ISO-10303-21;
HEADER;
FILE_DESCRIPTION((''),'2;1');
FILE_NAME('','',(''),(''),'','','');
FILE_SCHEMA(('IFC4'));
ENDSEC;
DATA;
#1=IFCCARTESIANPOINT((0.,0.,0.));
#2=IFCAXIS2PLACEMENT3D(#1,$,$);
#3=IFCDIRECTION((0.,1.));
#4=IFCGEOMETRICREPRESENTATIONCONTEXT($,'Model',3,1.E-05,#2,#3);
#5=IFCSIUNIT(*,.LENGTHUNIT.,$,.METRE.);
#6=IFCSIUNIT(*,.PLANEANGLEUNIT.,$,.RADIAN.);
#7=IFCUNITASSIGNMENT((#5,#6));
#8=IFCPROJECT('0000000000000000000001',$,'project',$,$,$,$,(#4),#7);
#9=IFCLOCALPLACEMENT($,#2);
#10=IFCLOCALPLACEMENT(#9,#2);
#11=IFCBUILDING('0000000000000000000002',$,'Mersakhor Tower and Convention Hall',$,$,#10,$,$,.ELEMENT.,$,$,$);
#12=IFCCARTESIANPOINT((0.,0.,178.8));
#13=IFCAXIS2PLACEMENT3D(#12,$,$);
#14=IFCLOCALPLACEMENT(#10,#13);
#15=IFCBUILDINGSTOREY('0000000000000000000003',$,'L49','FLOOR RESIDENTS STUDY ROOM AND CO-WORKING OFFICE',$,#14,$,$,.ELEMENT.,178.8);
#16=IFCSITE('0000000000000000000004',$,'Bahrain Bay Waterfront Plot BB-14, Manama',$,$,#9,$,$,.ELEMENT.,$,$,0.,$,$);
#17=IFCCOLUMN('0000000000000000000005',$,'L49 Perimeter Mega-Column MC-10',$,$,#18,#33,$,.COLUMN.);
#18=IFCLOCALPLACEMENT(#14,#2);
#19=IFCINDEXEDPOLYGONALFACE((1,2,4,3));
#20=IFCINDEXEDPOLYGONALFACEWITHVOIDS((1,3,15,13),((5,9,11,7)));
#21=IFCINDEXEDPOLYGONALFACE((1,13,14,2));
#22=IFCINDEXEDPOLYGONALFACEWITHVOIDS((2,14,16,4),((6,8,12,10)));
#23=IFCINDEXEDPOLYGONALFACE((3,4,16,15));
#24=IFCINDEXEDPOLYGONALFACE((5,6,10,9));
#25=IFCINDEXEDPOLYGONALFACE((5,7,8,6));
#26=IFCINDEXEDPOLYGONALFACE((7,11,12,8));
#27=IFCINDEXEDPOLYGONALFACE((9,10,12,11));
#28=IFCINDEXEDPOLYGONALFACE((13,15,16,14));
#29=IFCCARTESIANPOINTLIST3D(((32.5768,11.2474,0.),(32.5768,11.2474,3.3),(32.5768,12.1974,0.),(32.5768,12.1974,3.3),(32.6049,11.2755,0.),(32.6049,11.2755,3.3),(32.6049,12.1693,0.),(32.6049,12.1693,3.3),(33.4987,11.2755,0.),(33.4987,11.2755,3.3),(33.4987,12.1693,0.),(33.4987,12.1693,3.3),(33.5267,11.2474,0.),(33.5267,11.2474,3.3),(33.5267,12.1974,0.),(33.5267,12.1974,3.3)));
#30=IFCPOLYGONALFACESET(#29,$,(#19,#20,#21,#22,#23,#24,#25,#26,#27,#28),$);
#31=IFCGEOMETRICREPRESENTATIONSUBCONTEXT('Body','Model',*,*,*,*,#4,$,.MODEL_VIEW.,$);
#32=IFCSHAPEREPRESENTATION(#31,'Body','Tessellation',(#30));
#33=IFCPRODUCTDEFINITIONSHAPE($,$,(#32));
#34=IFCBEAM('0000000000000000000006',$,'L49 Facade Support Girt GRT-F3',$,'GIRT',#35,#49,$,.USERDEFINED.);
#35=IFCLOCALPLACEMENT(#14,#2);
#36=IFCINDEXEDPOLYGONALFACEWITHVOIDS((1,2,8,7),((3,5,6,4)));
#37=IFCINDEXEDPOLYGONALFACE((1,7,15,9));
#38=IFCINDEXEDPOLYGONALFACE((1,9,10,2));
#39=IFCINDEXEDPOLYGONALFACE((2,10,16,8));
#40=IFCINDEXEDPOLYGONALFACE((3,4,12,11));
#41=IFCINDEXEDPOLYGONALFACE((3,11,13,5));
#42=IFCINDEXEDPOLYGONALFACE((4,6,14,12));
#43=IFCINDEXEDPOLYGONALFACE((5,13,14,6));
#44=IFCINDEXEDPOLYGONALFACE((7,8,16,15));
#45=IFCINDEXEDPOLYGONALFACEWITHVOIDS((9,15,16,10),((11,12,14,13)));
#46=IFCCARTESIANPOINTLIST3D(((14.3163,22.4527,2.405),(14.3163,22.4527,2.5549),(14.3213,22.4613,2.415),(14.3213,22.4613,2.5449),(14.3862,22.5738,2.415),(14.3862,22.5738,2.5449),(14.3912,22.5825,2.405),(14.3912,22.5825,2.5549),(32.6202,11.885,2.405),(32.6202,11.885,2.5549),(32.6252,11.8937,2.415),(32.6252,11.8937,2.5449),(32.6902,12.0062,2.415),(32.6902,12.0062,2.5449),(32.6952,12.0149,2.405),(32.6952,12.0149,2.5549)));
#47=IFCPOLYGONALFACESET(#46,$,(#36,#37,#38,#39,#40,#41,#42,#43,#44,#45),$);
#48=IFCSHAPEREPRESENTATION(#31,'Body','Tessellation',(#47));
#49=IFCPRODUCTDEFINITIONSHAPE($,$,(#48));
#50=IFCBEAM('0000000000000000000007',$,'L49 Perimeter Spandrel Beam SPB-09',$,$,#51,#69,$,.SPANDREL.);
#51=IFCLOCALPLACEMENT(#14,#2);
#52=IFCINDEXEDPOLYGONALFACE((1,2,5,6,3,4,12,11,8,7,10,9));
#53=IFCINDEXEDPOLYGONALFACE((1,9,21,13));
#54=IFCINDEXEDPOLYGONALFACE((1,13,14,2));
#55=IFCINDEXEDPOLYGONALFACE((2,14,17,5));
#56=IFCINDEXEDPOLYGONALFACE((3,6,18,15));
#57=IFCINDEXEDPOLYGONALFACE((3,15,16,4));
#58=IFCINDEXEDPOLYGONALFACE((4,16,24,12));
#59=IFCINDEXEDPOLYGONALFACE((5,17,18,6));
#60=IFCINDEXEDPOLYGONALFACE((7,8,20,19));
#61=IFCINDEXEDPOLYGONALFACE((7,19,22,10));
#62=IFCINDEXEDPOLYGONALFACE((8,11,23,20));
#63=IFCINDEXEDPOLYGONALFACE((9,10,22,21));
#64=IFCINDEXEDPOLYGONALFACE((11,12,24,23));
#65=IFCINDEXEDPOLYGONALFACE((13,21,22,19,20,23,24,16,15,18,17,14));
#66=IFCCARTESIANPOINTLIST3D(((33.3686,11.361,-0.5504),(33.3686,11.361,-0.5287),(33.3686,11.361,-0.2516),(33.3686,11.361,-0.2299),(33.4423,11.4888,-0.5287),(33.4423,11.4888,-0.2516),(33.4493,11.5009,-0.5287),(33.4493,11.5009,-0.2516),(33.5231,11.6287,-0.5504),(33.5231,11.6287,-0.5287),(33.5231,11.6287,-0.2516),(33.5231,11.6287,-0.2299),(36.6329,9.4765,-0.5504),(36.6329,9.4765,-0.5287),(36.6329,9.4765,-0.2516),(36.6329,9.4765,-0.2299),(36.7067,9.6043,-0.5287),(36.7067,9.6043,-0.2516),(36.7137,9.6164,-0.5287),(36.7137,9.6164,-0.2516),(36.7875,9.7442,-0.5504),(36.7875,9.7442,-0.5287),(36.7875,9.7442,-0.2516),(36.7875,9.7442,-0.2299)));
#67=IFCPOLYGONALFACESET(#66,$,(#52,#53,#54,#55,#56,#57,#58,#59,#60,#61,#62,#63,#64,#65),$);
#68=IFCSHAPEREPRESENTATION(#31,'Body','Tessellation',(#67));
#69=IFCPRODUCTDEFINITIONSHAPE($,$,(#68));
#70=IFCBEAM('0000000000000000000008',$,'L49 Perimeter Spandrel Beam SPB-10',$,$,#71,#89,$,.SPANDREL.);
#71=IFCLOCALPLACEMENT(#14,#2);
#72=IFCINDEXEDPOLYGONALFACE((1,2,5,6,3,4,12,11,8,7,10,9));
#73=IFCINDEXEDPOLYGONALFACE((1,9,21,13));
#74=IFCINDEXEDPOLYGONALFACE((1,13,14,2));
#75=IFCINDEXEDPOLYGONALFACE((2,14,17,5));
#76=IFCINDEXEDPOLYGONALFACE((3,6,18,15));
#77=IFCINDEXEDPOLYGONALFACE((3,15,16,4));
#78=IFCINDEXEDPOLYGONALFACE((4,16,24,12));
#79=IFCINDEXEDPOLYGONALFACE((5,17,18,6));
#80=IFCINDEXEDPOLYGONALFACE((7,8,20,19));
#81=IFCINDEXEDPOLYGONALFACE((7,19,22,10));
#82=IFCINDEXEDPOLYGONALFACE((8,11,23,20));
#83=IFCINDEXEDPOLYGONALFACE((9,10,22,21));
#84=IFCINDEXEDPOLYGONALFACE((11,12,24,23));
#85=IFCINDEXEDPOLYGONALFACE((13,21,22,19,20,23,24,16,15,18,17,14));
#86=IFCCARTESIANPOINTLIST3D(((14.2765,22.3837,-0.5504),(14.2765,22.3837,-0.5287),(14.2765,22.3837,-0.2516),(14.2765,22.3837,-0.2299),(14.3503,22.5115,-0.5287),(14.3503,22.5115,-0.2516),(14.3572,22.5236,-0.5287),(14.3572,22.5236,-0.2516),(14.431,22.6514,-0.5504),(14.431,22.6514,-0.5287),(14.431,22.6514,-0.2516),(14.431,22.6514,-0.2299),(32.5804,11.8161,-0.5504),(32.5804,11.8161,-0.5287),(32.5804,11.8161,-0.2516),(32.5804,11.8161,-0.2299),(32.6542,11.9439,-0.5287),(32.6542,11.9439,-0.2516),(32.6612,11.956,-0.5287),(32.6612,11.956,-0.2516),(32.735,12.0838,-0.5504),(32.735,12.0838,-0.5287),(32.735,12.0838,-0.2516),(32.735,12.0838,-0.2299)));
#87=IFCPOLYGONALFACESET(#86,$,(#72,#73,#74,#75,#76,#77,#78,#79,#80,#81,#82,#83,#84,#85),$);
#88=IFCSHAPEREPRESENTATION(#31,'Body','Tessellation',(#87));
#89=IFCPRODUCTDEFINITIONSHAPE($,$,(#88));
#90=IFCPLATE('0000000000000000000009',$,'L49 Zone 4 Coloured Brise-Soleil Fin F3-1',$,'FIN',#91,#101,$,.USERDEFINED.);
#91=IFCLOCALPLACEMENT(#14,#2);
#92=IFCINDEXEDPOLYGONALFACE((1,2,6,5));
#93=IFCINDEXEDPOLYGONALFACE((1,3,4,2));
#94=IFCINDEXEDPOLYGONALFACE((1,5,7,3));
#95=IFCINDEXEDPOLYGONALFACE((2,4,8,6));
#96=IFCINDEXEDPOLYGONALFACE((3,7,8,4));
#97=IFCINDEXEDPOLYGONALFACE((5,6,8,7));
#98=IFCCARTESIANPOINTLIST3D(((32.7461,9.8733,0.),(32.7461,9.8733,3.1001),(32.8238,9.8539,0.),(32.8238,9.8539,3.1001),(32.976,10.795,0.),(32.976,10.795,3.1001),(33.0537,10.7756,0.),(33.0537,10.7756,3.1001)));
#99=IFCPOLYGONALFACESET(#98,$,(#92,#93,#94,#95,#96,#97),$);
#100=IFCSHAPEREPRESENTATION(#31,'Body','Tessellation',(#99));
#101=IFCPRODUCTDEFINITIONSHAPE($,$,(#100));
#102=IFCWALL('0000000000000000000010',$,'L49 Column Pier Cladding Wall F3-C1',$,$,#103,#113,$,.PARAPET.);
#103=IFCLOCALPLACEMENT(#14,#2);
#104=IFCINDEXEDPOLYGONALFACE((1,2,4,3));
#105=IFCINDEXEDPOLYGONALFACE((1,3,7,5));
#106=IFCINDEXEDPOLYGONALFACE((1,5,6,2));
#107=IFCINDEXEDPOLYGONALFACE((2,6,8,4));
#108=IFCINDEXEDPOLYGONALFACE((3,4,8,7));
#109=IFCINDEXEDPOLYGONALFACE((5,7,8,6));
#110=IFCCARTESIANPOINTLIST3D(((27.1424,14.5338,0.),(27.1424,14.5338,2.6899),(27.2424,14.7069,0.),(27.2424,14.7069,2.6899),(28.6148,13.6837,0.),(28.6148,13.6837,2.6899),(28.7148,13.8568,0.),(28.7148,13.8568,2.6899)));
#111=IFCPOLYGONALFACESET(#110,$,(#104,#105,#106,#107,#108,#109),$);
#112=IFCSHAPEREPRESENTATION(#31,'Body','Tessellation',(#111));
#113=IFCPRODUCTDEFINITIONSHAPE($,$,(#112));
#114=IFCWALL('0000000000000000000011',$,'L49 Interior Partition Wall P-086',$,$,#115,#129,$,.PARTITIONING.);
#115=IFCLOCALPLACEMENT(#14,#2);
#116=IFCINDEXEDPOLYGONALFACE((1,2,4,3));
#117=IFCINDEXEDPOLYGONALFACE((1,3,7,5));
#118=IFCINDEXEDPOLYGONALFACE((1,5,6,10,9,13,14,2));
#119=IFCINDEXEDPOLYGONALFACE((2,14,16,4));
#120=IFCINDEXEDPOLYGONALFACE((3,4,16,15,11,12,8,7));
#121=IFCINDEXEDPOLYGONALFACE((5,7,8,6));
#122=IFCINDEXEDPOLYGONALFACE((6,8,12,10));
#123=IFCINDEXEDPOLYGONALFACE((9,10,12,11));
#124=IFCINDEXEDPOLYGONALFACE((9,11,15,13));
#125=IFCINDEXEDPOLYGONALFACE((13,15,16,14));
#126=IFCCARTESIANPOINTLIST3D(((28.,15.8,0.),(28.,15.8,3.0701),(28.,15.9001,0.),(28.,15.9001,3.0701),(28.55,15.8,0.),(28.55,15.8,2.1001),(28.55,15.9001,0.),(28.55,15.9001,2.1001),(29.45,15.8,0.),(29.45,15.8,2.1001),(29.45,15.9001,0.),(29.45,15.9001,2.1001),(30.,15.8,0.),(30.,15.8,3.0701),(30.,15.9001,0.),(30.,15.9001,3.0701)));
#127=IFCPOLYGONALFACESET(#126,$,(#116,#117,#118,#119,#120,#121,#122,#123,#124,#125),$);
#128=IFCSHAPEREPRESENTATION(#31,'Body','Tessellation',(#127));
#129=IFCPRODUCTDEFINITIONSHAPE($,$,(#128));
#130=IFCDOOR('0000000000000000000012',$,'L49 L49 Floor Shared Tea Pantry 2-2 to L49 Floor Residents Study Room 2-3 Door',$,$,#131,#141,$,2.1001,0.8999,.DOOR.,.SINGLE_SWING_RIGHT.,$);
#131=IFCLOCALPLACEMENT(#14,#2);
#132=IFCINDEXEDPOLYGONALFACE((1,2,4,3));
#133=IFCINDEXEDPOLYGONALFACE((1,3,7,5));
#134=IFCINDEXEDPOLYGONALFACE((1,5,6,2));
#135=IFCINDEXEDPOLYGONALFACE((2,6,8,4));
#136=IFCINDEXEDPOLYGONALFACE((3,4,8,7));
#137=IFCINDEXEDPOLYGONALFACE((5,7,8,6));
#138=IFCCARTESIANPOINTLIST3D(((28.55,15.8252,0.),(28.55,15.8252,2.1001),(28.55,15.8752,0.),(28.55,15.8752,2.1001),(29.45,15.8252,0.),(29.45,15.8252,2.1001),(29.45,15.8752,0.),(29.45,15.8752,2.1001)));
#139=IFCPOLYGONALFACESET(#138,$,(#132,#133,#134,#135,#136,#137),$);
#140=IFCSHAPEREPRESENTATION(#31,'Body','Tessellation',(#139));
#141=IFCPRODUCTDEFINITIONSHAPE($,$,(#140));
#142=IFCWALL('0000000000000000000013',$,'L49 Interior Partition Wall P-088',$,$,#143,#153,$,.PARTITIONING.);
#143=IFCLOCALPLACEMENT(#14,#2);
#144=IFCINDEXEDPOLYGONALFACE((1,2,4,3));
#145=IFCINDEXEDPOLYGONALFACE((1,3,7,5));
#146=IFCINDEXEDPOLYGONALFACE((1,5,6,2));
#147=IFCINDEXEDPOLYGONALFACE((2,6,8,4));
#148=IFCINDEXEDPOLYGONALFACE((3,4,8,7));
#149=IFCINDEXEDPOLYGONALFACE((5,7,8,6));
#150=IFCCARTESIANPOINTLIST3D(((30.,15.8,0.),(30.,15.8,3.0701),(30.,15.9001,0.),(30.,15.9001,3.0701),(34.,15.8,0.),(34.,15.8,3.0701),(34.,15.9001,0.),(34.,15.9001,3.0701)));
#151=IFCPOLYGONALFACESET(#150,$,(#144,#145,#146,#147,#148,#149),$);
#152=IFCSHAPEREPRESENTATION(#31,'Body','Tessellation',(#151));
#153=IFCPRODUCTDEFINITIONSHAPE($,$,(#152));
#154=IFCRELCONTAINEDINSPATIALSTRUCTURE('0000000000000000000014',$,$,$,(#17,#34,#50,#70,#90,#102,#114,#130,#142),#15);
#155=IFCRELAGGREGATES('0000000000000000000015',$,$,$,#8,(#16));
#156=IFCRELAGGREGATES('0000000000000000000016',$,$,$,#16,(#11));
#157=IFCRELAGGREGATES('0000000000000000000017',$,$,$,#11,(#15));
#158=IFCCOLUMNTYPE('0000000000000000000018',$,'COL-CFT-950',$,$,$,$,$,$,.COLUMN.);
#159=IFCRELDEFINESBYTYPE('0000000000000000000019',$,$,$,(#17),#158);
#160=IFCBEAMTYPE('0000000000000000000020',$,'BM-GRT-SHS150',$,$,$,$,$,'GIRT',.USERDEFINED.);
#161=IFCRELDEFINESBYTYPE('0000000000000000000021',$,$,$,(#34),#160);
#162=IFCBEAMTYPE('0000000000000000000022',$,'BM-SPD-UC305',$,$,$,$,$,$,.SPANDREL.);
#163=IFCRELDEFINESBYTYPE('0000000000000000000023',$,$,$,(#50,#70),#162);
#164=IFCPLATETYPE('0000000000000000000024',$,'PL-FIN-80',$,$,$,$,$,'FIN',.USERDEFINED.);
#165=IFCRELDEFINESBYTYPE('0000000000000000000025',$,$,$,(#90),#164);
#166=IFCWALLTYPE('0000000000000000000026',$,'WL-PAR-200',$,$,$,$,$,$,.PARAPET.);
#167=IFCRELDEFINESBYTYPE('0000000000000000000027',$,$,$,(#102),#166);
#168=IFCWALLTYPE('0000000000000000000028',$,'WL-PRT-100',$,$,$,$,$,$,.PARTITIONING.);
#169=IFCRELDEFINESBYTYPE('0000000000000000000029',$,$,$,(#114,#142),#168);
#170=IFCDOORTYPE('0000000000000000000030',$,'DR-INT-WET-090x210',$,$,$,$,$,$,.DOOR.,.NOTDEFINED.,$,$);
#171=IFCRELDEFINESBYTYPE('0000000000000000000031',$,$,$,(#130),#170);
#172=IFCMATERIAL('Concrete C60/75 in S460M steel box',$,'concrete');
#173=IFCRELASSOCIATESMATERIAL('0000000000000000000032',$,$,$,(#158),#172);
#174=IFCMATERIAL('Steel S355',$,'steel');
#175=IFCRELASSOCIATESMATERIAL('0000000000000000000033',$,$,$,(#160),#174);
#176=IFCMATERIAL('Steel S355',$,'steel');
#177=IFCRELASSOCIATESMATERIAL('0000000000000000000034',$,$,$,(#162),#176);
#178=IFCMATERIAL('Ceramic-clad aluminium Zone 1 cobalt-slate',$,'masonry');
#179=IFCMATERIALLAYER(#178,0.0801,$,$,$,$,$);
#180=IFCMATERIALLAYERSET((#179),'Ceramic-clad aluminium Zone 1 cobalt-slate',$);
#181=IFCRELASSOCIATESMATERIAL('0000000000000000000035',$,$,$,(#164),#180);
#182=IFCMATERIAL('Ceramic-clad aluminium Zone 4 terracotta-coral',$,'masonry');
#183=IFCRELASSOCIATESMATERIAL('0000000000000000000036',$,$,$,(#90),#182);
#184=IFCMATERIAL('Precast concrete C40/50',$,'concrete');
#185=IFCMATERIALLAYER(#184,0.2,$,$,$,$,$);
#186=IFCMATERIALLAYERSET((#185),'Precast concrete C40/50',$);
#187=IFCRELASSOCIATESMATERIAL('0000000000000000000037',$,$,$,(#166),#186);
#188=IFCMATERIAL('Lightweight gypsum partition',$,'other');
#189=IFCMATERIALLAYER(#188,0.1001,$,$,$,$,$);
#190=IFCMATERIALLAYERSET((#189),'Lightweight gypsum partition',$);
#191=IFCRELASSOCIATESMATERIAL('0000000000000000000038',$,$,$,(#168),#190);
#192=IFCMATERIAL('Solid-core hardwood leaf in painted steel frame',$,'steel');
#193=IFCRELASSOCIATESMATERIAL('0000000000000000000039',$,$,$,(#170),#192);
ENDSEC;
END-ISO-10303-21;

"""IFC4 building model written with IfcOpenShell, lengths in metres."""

from ifc_helpers import new_model, si_unit, direction, frame, frame_2d, origin, origin_2d, place, context, subcontext, project, spatial, rectangle, hollow_rectangle, i_section, extrude, material, layer, layer_set, material_profile, profile_set, type_object, element, fill, save


model = new_model("IFC4")

# Units and contexts
model_context = context("Model", 3, precision=1e-05, world=origin(), true_north=direction((0.0, 1.0)))
body_context = subcontext(model_context, "Body", "Model", "MODEL_VIEW")
ifc_project = project(units=[si_unit("LENGTHUNIT", "METRE"), si_unit("PLANEANGLEUNIT", "RADIAN")], contexts=[model_context])

# Site, building, storey
site_placement = place(None, origin())
site = spatial("IfcSite", under=ifc_project, at=site_placement, Name="Bahrain Bay Waterfront Plot BB-14, Manama", CompositionType="ELEMENT", RefElevation=0.0)
building_placement = place(site_placement, origin())
building = spatial("IfcBuilding", under=site, at=building_placement, Name="Mersakhor Tower and Convention Hall", CompositionType="ELEMENT")
storey_placement = place(building_placement, frame((0.0, 0.0, 178.8)))
storey = spatial("IfcBuildingStorey", under=building, at=storey_placement, Name="L49", Description="FLOOR RESIDENTS STUDY ROOM AND CO-WORKING OFFICE", CompositionType="ELEMENT", Elevation=178.8)

# Column
ifc_material_1 = material(Name="Concrete C60/75 in S460M steel box", Category="concrete")
ifc_material_profile_1 = material_profile(ifc_material_1, hollow_rectangle(XDim=0.95, YDim=0.95, WallThickness=0.0281, at=origin_2d()), Name="SHS 950x950x28")
ifc_profile_set_1 = profile_set([ifc_material_profile_1], Name="Concrete C60/75 in S460M steel box")
column_type = type_object("IfcColumnType", Name="COL-CFT-950", PredefinedType="COLUMN", material=ifc_profile_set_1)
column_placement = place(storey_placement, frame((33.0518, 11.7224, 0.0), z_axis=(0.0, 0.0, 1.0), x_axis=(1.0, 0.0, 0.0)))
element("IfcColumn", 1, at=column_placement, inside=storey, type_object=column_type, Name="L49 Perimeter Mega-Column MC-10", PredefinedType="COLUMN", context=body_context, shape_type="SweptSolid", body=[
    extrude(hollow_rectangle(XDim=0.95, YDim=0.95, WallThickness=0.0281, at=origin_2d()), origin(), (0.0, 0.0, 1.0), 3.3),
])

# Beams
ifc_material_2 = material(Name="Steel S355", Category="steel")
ifc_material_profile_2 = material_profile(ifc_material_2, hollow_rectangle(XDim=0.1499, YDim=0.1499, WallThickness=0.01, at=origin_2d()), Name="SHS 150x150x10")
ifc_profile_set_2 = profile_set([ifc_material_profile_2], Name="Steel S355")
beam_type_1 = type_object("IfcBeamType", Name="BM-GRT-SHS150", ElementType="GIRT", PredefinedType="USERDEFINED", material=ifc_profile_set_2)
beam_1_placement = place(storey_placement, frame((32.6577, 11.95, 2.48), z_axis=(-0.866029, 0.499994, 0.0), x_axis=(-0.499994, -0.866029, 0.0)))
element("IfcBeam", 2, at=beam_1_placement, inside=storey, type_object=beam_type_1, Name="L49 Facade Support Girt GRT-F3", ObjectType="GIRT", PredefinedType="USERDEFINED", context=body_context, shape_type="SweptSolid", body=[
    extrude(hollow_rectangle(XDim=0.1499, YDim=0.1499, WallThickness=0.01, at=origin_2d()), origin(), (0.0, 0.0, 1.0), 21.1355),
])
ifc_material_3 = material(Name="Steel S355", Category="steel")
ifc_material_profile_3 = material_profile(ifc_material_3, i_section(OverallWidth=0.3091, OverallDepth=0.3206, WebThickness=0.0139, FlangeThickness=0.0217, at=origin_2d()), Name="UC 305x305x137")
ifc_profile_set_3 = profile_set([ifc_material_profile_3], Name="Steel S355")
beam_type_2 = type_object("IfcBeamType", Name="BM-SPD-UC305", PredefinedType="SPANDREL", material=ifc_profile_set_3)
beam_2_placement = place(storey_placement, frame((36.7102, 9.6104, -0.3901), z_axis=(-0.866046, 0.499964, 0.0), x_axis=(-0.499964, -0.866046, 0.0)))
element("IfcBeam", 3, at=beam_2_placement, inside=storey, type_object=beam_type_2, Name="L49 Perimeter Spandrel Beam SPB-09", PredefinedType="SPANDREL", context=body_context, shape_type="SweptSolid", body=[
    extrude(i_section(OverallWidth=0.3091, OverallDepth=0.3206, WebThickness=0.0139, FlangeThickness=0.0217, at=origin_2d()), origin(), (0.0, 0.0, 1.0), 3.7693),
])
beam_3_placement = place(storey_placement, frame((32.6577, 11.95, -0.3901), z_axis=(-0.866029, 0.499994, 0.0), x_axis=(-0.499994, -0.866029, 0.0)))
element("IfcBeam", 4, at=beam_3_placement, inside=storey, type_object=beam_type_2, Name="L49 Perimeter Spandrel Beam SPB-10", PredefinedType="SPANDREL", context=body_context, shape_type="SweptSolid", body=[
    extrude(i_section(OverallWidth=0.3091, OverallDepth=0.3206, WebThickness=0.0139, FlangeThickness=0.0217, at=origin_2d()), origin(), (0.0, 0.0, 1.0), 21.1355),
])

# Plate
ifc_material_4 = material(Name="Ceramic-clad aluminium Zone 4 terracotta-coral", Category="masonry")
ifc_material_5 = material(Name="Ceramic-clad aluminium Zone 1 cobalt-slate", Category="masonry")
ifc_layer_1 = layer(ifc_material_5, 0.0801)
ifc_layer_set_1 = layer_set([ifc_layer_1], Name="Ceramic-clad aluminium Zone 1 cobalt-slate")
plate_type = type_object("IfcPlateType", Name="PL-FIN-80", ElementType="FIN", PredefinedType="USERDEFINED", material=ifc_layer_set_1)
plate_placement = place(storey_placement, frame((32.8999, 10.3245, 0.0), z_axis=(0.0, 0.0, 1.0), x_axis=(-0.241922, -0.970296, 0.0)))
element("IfcPlate", 5, at=plate_placement, inside=storey, type_object=plate_type, material=ifc_material_4, Name="L49 Zone 4 Coloured Brise-Soleil Fin F3-1", ObjectType="FIN", PredefinedType="USERDEFINED", context=body_context, shape_type="SweptSolid", body=[
    extrude(rectangle(XDim=0.95, YDim=0.0801, at=origin_2d()), origin(), (0.0, 0.0, 1.0), 3.1001),
])

# Wall
ifc_material_6 = material(Name="Precast concrete C40/50", Category="concrete")
ifc_layer_2 = layer(ifc_material_6, 0.2)
ifc_layer_set_2 = layer_set([ifc_layer_2], Name="Precast concrete C40/50")
wall_type_1 = type_object("IfcWallType", Name="WL-PAR-200", PredefinedType="PARAPET", material=ifc_layer_set_2)
wall_1_placement = place(storey_placement, frame((28.6648, 13.7703, 0.0), z_axis=(0.0, 0.0, 1.0), x_axis=(-0.866025, 0.5, 0.0)))
element("IfcWall", 6, at=wall_1_placement, inside=storey, type_object=wall_type_1, Name="L49 Column Pier Cladding Wall F3-C1", PredefinedType="PARAPET", context=body_context, shape_type="SweptSolid", body=[
    extrude(rectangle(XDim=1.7002, YDim=0.2, at=frame_2d((0.8501, 0.0))), origin(), (0.0, 0.0, 1.0), 2.6899),
])

# Wall, opening, door
ifc_material_7 = material(Name="Lightweight gypsum partition", Category="other")
ifc_layer_3 = layer(ifc_material_7, 0.1001)
ifc_layer_set_3 = layer_set([ifc_layer_3], Name="Lightweight gypsum partition")
wall_type_2 = type_object("IfcWallType", Name="WL-PRT-100", PredefinedType="PARTITIONING", material=ifc_layer_set_3)
wall_2_placement = place(storey_placement, frame((30.0, 15.8501, 0.0), z_axis=(0.0, 0.0, 1.0), x_axis=(-1.0, 0.0, 0.0)))
wall_2 = element("IfcWall", 7, at=wall_2_placement, inside=storey, type_object=wall_type_2, Name="L49 Interior Partition Wall P-086", PredefinedType="PARTITIONING", context=body_context, shape_type="SweptSolid", body=[
    extrude(rectangle(XDim=2.0, YDim=0.1001, at=frame_2d((1.0, 0.0))), origin(), (0.0, 0.0, 1.0), 3.0701),
])
opening_1_placement = place(wall_2_placement, frame((0.55, 0.0, 0.0)))
opening_1 = element("IfcOpeningElement", 8, at=opening_1_placement, cuts=wall_2, PredefinedType="OPENING", context=body_context, shape_type="SweptSolid", body=[
    extrude(rectangle(XDim=0.8999, YDim=2.1001, at=frame_2d((0.45, 1.05))), frame((0.0, 0.0601, 0.0), z_axis=(0.0, -1.0, 0.0), x_axis=(1.0, 0.0, 0.0)), (0.0, 0.0, 1.0), 0.1201),
])
ifc_material_8 = material(Name="Solid-core hardwood leaf in painted steel frame", Category="steel")
door_type_1 = type_object("IfcDoorType", Name="DR-INT-WET-090x210", OperationType="NOTDEFINED", PredefinedType="DOOR", material=ifc_material_8)
door_1_placement = place(opening_1_placement, origin())
door_1 = element("IfcDoor", 9, at=door_1_placement, inside=storey, type_object=door_type_1, Name="L49 L49 Floor Shared Tea Pantry 2-2 to L49 Floor Residents Study Room 2-3 Door", OperationType="SINGLE_SWING_RIGHT", OverallHeight=2.1001, OverallWidth=0.8999, PredefinedType="DOOR", context=body_context, shape_type="SweptSolid", body=[
    extrude(rectangle(XDim=0.8999, YDim=2.1001, at=frame_2d((0.45, 1.05))), frame((0.0, 0.0249, 0.0), z_axis=(0.0, -1.0, 0.0), x_axis=(1.0, 0.0, 0.0)), (0.0, 0.0, 1.0), 0.05),
])
fill(opening_1, door_1)

# Wall
wall_3_placement = place(storey_placement, frame((30.0, 15.8501, 0.0), z_axis=(0.0, 0.0, 1.0), x_axis=(1.0, 0.0, 0.0)))
element("IfcWall", 10, at=wall_3_placement, inside=storey, type_object=wall_type_2, Name="L49 Interior Partition Wall P-088", PredefinedType="PARTITIONING", context=body_context, shape_type="SweptSolid", body=[
    extrude(rectangle(XDim=4.0, YDim=0.1001, at=frame_2d((2.0, 0.0))), origin(), (0.0, 0.0, 1.0), 3.0701),
])

save(model, "model.ifc")
